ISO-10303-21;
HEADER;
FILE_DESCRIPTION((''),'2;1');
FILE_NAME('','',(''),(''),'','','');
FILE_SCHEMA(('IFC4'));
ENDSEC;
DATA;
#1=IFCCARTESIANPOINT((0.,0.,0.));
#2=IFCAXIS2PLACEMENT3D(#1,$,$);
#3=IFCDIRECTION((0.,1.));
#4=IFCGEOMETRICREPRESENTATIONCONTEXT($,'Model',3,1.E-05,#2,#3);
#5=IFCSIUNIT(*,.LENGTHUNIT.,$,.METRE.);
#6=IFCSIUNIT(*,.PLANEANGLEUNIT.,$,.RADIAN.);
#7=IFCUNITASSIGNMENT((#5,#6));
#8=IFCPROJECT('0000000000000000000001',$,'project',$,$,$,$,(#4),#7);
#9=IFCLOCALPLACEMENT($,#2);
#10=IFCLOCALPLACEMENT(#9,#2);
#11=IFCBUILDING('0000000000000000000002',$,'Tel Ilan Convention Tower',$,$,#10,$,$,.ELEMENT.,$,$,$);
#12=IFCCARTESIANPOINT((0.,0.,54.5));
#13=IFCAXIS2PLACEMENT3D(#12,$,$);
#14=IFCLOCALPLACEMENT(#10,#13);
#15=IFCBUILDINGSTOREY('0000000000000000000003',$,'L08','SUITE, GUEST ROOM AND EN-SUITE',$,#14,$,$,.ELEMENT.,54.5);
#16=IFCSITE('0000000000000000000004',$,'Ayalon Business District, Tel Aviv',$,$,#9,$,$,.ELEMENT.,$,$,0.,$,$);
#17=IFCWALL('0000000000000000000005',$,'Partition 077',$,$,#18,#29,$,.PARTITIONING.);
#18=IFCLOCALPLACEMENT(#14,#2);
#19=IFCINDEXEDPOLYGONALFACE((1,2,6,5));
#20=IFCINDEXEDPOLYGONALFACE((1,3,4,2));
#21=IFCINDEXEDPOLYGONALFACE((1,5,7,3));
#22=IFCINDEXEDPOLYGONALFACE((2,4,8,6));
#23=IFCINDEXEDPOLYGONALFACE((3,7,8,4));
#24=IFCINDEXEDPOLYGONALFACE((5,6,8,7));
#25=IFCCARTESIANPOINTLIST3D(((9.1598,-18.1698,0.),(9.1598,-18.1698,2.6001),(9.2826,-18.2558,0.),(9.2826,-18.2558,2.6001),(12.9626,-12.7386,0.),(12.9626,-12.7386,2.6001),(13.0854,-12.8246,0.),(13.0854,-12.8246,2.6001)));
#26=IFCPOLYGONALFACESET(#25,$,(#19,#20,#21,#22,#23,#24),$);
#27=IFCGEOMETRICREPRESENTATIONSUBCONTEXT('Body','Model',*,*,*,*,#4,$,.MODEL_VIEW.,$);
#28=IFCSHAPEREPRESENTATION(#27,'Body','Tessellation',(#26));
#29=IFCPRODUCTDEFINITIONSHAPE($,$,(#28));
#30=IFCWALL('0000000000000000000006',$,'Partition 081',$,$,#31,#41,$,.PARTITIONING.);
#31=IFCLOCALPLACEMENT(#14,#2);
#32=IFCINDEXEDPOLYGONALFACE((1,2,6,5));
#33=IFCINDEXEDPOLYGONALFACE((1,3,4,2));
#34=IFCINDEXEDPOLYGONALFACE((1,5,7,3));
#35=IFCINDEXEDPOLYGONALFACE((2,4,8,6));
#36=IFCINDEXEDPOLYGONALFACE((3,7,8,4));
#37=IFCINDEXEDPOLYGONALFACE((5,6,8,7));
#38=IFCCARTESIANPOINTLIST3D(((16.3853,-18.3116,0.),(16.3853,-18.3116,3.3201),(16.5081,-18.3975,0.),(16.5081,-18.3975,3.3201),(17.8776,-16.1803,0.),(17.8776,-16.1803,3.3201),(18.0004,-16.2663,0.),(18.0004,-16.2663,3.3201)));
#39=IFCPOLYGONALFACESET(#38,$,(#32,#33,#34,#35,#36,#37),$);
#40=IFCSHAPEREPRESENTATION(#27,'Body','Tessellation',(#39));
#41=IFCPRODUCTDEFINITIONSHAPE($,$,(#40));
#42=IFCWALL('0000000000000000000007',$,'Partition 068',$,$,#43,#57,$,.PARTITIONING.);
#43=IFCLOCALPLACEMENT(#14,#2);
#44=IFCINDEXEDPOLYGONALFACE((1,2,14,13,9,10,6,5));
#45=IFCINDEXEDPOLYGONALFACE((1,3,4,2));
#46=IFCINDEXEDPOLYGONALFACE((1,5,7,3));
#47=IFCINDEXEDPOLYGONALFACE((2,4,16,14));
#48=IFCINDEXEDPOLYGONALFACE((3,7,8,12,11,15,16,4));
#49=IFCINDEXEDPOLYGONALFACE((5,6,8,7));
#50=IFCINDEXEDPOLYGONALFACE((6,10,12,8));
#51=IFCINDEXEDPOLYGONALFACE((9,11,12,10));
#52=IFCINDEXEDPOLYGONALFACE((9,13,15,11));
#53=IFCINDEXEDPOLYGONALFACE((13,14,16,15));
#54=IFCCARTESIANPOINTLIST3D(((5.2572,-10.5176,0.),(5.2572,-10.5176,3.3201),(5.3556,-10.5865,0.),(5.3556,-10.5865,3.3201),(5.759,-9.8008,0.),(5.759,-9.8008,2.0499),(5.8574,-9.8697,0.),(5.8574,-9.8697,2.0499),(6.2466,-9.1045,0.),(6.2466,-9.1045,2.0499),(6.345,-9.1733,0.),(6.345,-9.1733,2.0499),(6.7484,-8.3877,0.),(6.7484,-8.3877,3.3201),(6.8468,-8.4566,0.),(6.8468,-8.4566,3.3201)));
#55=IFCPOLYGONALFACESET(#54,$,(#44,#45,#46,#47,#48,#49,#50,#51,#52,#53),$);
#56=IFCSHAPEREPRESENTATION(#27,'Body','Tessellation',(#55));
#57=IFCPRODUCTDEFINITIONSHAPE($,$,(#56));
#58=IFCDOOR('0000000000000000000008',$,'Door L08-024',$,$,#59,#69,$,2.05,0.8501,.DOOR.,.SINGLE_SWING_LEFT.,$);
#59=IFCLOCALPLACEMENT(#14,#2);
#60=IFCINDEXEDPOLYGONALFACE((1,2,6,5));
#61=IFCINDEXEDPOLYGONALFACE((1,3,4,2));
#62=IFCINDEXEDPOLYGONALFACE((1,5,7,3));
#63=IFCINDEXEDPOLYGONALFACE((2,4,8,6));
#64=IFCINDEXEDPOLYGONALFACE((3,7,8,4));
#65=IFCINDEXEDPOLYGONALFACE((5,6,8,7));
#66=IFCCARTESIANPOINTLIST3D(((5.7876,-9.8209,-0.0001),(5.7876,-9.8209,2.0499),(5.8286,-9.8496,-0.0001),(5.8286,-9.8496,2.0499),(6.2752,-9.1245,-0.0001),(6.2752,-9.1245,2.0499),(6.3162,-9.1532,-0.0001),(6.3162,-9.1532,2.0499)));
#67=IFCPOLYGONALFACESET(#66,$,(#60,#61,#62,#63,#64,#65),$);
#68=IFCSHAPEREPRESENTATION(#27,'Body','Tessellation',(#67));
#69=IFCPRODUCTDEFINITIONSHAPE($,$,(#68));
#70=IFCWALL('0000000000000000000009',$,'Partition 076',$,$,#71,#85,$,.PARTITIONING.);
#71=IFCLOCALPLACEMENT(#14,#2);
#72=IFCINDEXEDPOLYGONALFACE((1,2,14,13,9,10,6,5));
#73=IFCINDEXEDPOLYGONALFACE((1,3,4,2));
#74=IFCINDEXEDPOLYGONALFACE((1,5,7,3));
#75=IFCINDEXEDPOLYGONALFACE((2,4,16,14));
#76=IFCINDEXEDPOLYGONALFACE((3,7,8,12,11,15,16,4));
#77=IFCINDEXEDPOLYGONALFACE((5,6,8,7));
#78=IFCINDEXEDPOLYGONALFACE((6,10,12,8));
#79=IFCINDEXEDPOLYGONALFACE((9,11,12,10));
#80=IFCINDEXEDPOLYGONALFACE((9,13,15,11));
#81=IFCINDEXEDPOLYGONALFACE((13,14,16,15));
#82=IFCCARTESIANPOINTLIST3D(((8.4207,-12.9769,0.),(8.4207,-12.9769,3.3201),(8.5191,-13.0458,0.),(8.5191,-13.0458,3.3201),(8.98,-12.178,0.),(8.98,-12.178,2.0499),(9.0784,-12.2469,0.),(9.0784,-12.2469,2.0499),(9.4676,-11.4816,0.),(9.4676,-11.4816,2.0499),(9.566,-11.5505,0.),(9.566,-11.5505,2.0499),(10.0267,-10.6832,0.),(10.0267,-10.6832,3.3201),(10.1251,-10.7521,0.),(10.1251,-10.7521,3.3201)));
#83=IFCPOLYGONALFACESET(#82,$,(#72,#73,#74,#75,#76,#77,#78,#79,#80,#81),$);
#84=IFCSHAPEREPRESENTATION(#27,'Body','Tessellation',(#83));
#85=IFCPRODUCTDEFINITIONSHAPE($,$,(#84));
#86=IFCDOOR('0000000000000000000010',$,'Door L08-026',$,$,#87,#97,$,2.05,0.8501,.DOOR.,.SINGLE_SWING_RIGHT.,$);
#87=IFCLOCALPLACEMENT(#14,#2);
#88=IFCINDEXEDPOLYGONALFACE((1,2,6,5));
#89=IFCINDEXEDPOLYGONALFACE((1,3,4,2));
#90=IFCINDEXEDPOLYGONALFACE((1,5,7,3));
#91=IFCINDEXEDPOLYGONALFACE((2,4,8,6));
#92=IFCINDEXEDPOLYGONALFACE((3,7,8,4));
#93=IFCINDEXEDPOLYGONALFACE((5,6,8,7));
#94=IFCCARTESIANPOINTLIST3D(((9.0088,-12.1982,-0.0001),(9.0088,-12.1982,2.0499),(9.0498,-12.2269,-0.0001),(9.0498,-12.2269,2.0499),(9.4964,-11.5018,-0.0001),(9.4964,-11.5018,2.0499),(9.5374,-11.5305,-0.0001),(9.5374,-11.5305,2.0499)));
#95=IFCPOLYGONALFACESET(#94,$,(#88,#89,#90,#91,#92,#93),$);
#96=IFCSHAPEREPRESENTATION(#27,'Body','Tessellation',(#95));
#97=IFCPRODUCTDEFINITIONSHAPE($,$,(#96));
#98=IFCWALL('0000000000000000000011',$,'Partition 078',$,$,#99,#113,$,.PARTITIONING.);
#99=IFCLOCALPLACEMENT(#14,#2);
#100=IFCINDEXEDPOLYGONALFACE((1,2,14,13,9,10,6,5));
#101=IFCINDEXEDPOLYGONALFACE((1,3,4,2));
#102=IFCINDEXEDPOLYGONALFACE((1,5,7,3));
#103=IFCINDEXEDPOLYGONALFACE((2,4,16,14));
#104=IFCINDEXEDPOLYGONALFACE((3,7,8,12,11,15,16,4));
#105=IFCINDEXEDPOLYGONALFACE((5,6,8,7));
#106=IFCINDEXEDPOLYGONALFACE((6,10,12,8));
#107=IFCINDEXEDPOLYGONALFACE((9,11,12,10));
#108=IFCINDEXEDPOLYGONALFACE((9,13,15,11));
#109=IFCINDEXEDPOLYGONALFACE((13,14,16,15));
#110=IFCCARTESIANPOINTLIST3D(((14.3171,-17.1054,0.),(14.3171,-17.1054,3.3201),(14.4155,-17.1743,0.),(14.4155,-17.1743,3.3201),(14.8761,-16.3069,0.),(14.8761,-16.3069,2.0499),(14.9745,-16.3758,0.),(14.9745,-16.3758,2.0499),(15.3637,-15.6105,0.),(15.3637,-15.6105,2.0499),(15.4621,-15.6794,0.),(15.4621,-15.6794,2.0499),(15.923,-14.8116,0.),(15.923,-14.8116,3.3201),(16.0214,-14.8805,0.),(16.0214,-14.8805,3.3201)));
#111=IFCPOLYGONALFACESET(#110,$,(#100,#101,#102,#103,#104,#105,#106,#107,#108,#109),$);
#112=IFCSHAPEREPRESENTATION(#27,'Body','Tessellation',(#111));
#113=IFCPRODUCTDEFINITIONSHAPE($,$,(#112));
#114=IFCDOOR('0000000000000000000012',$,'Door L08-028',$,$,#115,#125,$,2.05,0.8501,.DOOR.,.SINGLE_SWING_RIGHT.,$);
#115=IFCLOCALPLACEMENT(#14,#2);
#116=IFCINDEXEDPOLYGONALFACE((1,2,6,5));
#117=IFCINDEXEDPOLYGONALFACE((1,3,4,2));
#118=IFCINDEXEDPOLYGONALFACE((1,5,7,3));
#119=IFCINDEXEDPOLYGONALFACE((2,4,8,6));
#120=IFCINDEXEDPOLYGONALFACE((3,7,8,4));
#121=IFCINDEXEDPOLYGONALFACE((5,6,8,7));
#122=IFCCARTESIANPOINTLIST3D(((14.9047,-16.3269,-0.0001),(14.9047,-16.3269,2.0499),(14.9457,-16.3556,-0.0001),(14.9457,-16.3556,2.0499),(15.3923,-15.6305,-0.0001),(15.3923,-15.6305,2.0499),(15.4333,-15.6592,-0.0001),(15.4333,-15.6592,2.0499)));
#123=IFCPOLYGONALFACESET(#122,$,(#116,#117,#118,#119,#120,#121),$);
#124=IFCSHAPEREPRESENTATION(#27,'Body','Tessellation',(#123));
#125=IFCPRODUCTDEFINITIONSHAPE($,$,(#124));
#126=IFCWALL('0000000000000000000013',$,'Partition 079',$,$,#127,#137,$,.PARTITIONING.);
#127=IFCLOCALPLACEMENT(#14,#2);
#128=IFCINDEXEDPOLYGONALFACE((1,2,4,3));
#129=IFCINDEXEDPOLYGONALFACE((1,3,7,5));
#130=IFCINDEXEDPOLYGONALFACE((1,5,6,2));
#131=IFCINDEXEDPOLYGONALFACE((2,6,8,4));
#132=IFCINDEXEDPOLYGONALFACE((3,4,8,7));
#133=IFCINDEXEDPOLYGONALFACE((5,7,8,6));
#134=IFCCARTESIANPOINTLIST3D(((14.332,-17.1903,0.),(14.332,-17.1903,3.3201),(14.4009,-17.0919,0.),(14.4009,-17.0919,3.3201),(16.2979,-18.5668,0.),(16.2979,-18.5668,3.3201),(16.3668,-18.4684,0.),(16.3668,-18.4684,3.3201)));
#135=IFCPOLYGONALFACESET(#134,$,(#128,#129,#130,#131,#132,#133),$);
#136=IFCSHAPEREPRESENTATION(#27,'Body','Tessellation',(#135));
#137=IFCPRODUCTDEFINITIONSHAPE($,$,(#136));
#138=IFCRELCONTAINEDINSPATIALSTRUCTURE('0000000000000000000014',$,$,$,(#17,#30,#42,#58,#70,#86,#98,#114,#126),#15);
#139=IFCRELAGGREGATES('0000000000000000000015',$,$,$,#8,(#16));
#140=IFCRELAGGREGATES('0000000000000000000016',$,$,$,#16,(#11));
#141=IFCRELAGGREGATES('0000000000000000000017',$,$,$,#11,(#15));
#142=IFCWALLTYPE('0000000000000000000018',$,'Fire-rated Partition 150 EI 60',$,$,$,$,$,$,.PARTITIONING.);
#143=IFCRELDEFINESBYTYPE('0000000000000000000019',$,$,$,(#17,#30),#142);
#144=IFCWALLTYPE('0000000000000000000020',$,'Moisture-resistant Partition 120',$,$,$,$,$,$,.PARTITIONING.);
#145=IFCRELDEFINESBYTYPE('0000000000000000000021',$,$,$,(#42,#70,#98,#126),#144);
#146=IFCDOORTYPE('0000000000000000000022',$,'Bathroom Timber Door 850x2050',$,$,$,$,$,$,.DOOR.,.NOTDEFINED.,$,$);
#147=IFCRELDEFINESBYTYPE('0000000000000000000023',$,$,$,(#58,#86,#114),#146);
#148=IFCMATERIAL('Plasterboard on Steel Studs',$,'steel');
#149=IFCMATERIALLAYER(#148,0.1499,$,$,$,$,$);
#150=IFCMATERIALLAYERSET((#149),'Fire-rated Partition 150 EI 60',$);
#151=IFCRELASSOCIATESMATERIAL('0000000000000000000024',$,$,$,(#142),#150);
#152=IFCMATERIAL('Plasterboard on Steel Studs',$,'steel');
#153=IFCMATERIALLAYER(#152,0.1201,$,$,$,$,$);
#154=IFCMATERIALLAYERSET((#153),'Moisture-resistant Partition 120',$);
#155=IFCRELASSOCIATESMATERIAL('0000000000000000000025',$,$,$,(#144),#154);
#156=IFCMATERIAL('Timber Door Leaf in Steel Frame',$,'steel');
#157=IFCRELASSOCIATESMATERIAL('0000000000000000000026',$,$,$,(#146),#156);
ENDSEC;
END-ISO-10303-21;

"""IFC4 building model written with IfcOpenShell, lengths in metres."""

from ifc_helpers import new_model, si_unit, direction, frame, frame_2d, origin, place, context, subcontext, project, spatial, rectangle, extrude, material, layer, layer_set, type_object, element, fill, save


model = new_model("IFC4")

# Units and contexts
model_context = context("Model", 3, precision=1e-05, world=origin(), true_north=direction((0.0, 1.0)))
body_context = subcontext(model_context, "Body", "Model", "MODEL_VIEW")
ifc_project = project(units=[si_unit("LENGTHUNIT", "METRE"), si_unit("PLANEANGLEUNIT", "RADIAN")], contexts=[model_context])

# Site, building, storey
site_placement = place(None, origin())
site = spatial("IfcSite", under=ifc_project, at=site_placement, Name="Ayalon Business District, Tel Aviv", CompositionType="ELEMENT", RefElevation=0.0)
building_placement = place(site_placement, origin())
building = spatial("IfcBuilding", under=site, at=building_placement, Name="Tel Ilan Convention Tower", CompositionType="ELEMENT")
storey_placement = place(building_placement, frame((0.0, 0.0, 54.5)))
storey = spatial("IfcBuildingStorey", under=building, at=storey_placement, Name="L08", Description="SUITE, GUEST ROOM AND EN-SUITE", CompositionType="ELEMENT", Elevation=54.5)

# Shared definitions
ifc_material_1 = material(Name="Plasterboard on Steel Studs", Category="steel")
ifc_layer_1 = layer(ifc_material_1, 0.1499)
ifc_layer_set_1 = layer_set([ifc_layer_1], Name="Fire-rated Partition 150 EI 60")
wall_type_1 = type_object("IfcWallType", Name="Fire-rated Partition 150 EI 60", PredefinedType="PARTITIONING", material=ifc_layer_set_1)

# Walls
wall_1_placement = place(storey_placement, frame((13.0239, -12.7817, 0.0), z_axis=(0.0, 0.0, 1.0), x_axis=(-0.573556, -0.819166, 0.0)))
element("IfcWall", 1, at=wall_1_placement, inside=storey, type_object=wall_type_1, Name="Partition 077", PredefinedType="PARTITIONING", context=body_context, shape_type="SweptSolid", body=[
    extrude(rectangle(XDim=6.6301, YDim=0.1499, at=frame_2d((3.3149, 0.0))), origin(), (0.0, 0.0, 1.0), 2.6001),
])
wall_2_placement = place(storey_placement, frame((17.939, -16.2234, 0.0), z_axis=(0.0, 0.0, 1.0), x_axis=(-0.573588, -0.819144, 0.0)))
element("IfcWall", 2, at=wall_2_placement, inside=storey, type_object=wall_type_1, Name="Partition 081", PredefinedType="PARTITIONING", context=body_context, shape_type="SweptSolid", body=[
    extrude(rectangle(XDim=2.6018, YDim=0.1499, at=frame_2d((1.3008, 0.0))), origin(), (0.0, 0.0, 1.0), 3.3201),
])

# Walls, openings, doors
ifc_material_2 = material(Name="Plasterboard on Steel Studs", Category="steel")
ifc_layer_2 = layer(ifc_material_2, 0.1201)
ifc_layer_set_2 = layer_set([ifc_layer_2], Name="Moisture-resistant Partition 120")
wall_type_2 = type_object("IfcWallType", Name="Moisture-resistant Partition 120", PredefinedType="PARTITIONING", material=ifc_layer_set_2)
wall_3_placement = place(storey_placement, frame((6.7976, -8.4221, 0.0), z_axis=(0.0, 0.0, 1.0), x_axis=(-0.573538, -0.819179, 0.0)))
wall_3 = element("IfcWall", 3, at=wall_3_placement, inside=storey, type_object=wall_type_2, Name="Partition 068", PredefinedType="PARTITIONING", context=body_context, shape_type="SweptSolid", body=[
    extrude(rectangle(XDim=2.6001, YDim=0.1201, at=frame_2d((1.3, 0.0))), origin(), (0.0, 0.0, 1.0), 3.3201),
])
opening_1_placement = place(wall_3_placement, frame((0.875, 0.0, 0.0)))
opening_1 = element("IfcOpeningElement", 4, at=opening_1_placement, cuts=wall_3, PredefinedType="OPENING", context=body_context, shape_type="SweptSolid", body=[
    extrude(rectangle(XDim=0.8501, YDim=2.05, at=frame_2d((0.425, 1.0249))), frame((0.0, 0.0701, 0.0), z_axis=(0.0, -1.0, 0.0), x_axis=(1.0, 0.0, 0.0)), (0.0, 0.0, 1.0), 0.1401),
])
ifc_material_3 = material(Name="Timber Door Leaf in Steel Frame", Category="steel")
door_type_1 = type_object("IfcDoorType", Name="Bathroom Timber Door 850x2050", OperationType="NOTDEFINED", PredefinedType="DOOR", material=ifc_material_3)
door_1_placement = place(opening_1_placement, origin())
door_1 = element("IfcDoor", 5, at=door_1_placement, inside=storey, type_object=door_type_1, Name="Door L08-024", OperationType="SINGLE_SWING_LEFT", OverallHeight=2.05, OverallWidth=0.8501, PredefinedType="DOOR", context=body_context, shape_type="SweptSolid", body=[
    extrude(rectangle(XDim=0.8501, YDim=2.05, at=frame_2d((0.425, 1.0249))), frame((0.0, 0.0249, 0.0), z_axis=(0.0, -1.0, 0.0), x_axis=(1.0, 0.0, 0.0)), (0.0, 0.0, 1.0), 0.05),
])
fill(opening_1, door_1)
wall_4_placement = place(storey_placement, frame((8.47, -13.0112, 0.0), z_axis=(0.0, 0.0, 1.0), x_axis=(0.57355, 0.81917, 0.0)))
wall_4 = element("IfcWall", 6, at=wall_4_placement, inside=storey, type_object=wall_type_2, Name="Partition 076", PredefinedType="PARTITIONING", context=body_context, shape_type="SweptSolid", body=[
    extrude(rectangle(XDim=2.8, YDim=0.1201, at=frame_2d((1.3999, 0.0))), origin(), (0.0, 0.0, 1.0), 3.3201),
])
opening_2_placement = place(wall_4_placement, frame((0.9751, 0.0, 0.0)))
opening_2 = element("IfcOpeningElement", 7, at=opening_2_placement, cuts=wall_4, PredefinedType="OPENING", context=body_context, shape_type="SweptSolid", body=[
    extrude(rectangle(XDim=0.8501, YDim=2.05, at=frame_2d((0.425, 1.0249))), frame((0.0, 0.0701, 0.0), z_axis=(0.0, -1.0, 0.0), x_axis=(1.0, 0.0, 0.0)), (0.0, 0.0, 1.0), 0.1401),
])
door_2_placement = place(opening_2_placement, origin())
door_2 = element("IfcDoor", 8, at=door_2_placement, inside=storey, type_object=door_type_1, Name="Door L08-026", OperationType="SINGLE_SWING_RIGHT", OverallHeight=2.05, OverallWidth=0.8501, PredefinedType="DOOR", context=body_context, shape_type="SweptSolid", body=[
    extrude(rectangle(XDim=0.8501, YDim=2.05, at=frame_2d((0.425, 1.0249))), frame((0.0, 0.0249, 0.0), z_axis=(0.0, -1.0, 0.0), x_axis=(1.0, 0.0, 0.0)), (0.0, 0.0, 1.0), 0.05),
])
fill(opening_2, door_2)
wall_5_placement = place(storey_placement, frame((15.9722, -14.8462, 0.0), z_axis=(0.0, 0.0, 1.0), x_axis=(-0.57355, -0.81917, 0.0)))
wall_5 = element("IfcWall", 9, at=wall_5_placement, inside=storey, type_object=wall_type_2, Name="Partition 078", PredefinedType="PARTITIONING", context=body_context, shape_type="SweptSolid", body=[
    extrude(rectangle(XDim=2.8, YDim=0.1201, at=frame_2d((1.3999, 0.0))), origin(), (0.0, 0.0, 1.0), 3.3201),
])
opening_3_placement = place(wall_5_placement, frame((0.9751, 0.0, 0.0)))
opening_3 = element("IfcOpeningElement", 10, at=opening_3_placement, cuts=wall_5, PredefinedType="OPENING", context=body_context, shape_type="SweptSolid", body=[
    extrude(rectangle(XDim=0.8501, YDim=2.05, at=frame_2d((0.425, 1.0249))), frame((0.0, 0.0701, 0.0), z_axis=(0.0, -1.0, 0.0), x_axis=(1.0, 0.0, 0.0)), (0.0, 0.0, 1.0), 0.1401),
])
door_3_placement = place(opening_3_placement, origin())
door_3 = element("IfcDoor", 11, at=door_3_placement, inside=storey, type_object=door_type_1, Name="Door L08-028", OperationType="SINGLE_SWING_RIGHT", OverallHeight=2.05, OverallWidth=0.8501, PredefinedType="DOOR", context=body_context, shape_type="SweptSolid", body=[
    extrude(rectangle(XDim=0.8501, YDim=2.05, at=frame_2d((0.425, 1.0249))), frame((0.0, 0.0249, 0.0), z_axis=(0.0, -1.0, 0.0), x_axis=(1.0, 0.0, 0.0)), (0.0, 0.0, 1.0), 0.05),
])
fill(opening_3, door_3)

# Wall
wall_6_placement = place(storey_placement, frame((14.3665, -17.1411, 0.0), z_axis=(0.0, 0.0, 1.0), x_axis=(0.819155, -0.573572, 0.0)))
element("IfcWall", 12, at=wall_6_placement, inside=storey, type_object=wall_type_2, Name="Partition 079", PredefinedType="PARTITIONING", context=body_context, shape_type="SweptSolid", body=[
    extrude(rectangle(XDim=2.3999, YDim=0.1201, at=frame_2d((1.2, 0.0))), origin(), (0.0, 0.0, 1.0), 3.3201),
])

save(model, "model.ifc")
